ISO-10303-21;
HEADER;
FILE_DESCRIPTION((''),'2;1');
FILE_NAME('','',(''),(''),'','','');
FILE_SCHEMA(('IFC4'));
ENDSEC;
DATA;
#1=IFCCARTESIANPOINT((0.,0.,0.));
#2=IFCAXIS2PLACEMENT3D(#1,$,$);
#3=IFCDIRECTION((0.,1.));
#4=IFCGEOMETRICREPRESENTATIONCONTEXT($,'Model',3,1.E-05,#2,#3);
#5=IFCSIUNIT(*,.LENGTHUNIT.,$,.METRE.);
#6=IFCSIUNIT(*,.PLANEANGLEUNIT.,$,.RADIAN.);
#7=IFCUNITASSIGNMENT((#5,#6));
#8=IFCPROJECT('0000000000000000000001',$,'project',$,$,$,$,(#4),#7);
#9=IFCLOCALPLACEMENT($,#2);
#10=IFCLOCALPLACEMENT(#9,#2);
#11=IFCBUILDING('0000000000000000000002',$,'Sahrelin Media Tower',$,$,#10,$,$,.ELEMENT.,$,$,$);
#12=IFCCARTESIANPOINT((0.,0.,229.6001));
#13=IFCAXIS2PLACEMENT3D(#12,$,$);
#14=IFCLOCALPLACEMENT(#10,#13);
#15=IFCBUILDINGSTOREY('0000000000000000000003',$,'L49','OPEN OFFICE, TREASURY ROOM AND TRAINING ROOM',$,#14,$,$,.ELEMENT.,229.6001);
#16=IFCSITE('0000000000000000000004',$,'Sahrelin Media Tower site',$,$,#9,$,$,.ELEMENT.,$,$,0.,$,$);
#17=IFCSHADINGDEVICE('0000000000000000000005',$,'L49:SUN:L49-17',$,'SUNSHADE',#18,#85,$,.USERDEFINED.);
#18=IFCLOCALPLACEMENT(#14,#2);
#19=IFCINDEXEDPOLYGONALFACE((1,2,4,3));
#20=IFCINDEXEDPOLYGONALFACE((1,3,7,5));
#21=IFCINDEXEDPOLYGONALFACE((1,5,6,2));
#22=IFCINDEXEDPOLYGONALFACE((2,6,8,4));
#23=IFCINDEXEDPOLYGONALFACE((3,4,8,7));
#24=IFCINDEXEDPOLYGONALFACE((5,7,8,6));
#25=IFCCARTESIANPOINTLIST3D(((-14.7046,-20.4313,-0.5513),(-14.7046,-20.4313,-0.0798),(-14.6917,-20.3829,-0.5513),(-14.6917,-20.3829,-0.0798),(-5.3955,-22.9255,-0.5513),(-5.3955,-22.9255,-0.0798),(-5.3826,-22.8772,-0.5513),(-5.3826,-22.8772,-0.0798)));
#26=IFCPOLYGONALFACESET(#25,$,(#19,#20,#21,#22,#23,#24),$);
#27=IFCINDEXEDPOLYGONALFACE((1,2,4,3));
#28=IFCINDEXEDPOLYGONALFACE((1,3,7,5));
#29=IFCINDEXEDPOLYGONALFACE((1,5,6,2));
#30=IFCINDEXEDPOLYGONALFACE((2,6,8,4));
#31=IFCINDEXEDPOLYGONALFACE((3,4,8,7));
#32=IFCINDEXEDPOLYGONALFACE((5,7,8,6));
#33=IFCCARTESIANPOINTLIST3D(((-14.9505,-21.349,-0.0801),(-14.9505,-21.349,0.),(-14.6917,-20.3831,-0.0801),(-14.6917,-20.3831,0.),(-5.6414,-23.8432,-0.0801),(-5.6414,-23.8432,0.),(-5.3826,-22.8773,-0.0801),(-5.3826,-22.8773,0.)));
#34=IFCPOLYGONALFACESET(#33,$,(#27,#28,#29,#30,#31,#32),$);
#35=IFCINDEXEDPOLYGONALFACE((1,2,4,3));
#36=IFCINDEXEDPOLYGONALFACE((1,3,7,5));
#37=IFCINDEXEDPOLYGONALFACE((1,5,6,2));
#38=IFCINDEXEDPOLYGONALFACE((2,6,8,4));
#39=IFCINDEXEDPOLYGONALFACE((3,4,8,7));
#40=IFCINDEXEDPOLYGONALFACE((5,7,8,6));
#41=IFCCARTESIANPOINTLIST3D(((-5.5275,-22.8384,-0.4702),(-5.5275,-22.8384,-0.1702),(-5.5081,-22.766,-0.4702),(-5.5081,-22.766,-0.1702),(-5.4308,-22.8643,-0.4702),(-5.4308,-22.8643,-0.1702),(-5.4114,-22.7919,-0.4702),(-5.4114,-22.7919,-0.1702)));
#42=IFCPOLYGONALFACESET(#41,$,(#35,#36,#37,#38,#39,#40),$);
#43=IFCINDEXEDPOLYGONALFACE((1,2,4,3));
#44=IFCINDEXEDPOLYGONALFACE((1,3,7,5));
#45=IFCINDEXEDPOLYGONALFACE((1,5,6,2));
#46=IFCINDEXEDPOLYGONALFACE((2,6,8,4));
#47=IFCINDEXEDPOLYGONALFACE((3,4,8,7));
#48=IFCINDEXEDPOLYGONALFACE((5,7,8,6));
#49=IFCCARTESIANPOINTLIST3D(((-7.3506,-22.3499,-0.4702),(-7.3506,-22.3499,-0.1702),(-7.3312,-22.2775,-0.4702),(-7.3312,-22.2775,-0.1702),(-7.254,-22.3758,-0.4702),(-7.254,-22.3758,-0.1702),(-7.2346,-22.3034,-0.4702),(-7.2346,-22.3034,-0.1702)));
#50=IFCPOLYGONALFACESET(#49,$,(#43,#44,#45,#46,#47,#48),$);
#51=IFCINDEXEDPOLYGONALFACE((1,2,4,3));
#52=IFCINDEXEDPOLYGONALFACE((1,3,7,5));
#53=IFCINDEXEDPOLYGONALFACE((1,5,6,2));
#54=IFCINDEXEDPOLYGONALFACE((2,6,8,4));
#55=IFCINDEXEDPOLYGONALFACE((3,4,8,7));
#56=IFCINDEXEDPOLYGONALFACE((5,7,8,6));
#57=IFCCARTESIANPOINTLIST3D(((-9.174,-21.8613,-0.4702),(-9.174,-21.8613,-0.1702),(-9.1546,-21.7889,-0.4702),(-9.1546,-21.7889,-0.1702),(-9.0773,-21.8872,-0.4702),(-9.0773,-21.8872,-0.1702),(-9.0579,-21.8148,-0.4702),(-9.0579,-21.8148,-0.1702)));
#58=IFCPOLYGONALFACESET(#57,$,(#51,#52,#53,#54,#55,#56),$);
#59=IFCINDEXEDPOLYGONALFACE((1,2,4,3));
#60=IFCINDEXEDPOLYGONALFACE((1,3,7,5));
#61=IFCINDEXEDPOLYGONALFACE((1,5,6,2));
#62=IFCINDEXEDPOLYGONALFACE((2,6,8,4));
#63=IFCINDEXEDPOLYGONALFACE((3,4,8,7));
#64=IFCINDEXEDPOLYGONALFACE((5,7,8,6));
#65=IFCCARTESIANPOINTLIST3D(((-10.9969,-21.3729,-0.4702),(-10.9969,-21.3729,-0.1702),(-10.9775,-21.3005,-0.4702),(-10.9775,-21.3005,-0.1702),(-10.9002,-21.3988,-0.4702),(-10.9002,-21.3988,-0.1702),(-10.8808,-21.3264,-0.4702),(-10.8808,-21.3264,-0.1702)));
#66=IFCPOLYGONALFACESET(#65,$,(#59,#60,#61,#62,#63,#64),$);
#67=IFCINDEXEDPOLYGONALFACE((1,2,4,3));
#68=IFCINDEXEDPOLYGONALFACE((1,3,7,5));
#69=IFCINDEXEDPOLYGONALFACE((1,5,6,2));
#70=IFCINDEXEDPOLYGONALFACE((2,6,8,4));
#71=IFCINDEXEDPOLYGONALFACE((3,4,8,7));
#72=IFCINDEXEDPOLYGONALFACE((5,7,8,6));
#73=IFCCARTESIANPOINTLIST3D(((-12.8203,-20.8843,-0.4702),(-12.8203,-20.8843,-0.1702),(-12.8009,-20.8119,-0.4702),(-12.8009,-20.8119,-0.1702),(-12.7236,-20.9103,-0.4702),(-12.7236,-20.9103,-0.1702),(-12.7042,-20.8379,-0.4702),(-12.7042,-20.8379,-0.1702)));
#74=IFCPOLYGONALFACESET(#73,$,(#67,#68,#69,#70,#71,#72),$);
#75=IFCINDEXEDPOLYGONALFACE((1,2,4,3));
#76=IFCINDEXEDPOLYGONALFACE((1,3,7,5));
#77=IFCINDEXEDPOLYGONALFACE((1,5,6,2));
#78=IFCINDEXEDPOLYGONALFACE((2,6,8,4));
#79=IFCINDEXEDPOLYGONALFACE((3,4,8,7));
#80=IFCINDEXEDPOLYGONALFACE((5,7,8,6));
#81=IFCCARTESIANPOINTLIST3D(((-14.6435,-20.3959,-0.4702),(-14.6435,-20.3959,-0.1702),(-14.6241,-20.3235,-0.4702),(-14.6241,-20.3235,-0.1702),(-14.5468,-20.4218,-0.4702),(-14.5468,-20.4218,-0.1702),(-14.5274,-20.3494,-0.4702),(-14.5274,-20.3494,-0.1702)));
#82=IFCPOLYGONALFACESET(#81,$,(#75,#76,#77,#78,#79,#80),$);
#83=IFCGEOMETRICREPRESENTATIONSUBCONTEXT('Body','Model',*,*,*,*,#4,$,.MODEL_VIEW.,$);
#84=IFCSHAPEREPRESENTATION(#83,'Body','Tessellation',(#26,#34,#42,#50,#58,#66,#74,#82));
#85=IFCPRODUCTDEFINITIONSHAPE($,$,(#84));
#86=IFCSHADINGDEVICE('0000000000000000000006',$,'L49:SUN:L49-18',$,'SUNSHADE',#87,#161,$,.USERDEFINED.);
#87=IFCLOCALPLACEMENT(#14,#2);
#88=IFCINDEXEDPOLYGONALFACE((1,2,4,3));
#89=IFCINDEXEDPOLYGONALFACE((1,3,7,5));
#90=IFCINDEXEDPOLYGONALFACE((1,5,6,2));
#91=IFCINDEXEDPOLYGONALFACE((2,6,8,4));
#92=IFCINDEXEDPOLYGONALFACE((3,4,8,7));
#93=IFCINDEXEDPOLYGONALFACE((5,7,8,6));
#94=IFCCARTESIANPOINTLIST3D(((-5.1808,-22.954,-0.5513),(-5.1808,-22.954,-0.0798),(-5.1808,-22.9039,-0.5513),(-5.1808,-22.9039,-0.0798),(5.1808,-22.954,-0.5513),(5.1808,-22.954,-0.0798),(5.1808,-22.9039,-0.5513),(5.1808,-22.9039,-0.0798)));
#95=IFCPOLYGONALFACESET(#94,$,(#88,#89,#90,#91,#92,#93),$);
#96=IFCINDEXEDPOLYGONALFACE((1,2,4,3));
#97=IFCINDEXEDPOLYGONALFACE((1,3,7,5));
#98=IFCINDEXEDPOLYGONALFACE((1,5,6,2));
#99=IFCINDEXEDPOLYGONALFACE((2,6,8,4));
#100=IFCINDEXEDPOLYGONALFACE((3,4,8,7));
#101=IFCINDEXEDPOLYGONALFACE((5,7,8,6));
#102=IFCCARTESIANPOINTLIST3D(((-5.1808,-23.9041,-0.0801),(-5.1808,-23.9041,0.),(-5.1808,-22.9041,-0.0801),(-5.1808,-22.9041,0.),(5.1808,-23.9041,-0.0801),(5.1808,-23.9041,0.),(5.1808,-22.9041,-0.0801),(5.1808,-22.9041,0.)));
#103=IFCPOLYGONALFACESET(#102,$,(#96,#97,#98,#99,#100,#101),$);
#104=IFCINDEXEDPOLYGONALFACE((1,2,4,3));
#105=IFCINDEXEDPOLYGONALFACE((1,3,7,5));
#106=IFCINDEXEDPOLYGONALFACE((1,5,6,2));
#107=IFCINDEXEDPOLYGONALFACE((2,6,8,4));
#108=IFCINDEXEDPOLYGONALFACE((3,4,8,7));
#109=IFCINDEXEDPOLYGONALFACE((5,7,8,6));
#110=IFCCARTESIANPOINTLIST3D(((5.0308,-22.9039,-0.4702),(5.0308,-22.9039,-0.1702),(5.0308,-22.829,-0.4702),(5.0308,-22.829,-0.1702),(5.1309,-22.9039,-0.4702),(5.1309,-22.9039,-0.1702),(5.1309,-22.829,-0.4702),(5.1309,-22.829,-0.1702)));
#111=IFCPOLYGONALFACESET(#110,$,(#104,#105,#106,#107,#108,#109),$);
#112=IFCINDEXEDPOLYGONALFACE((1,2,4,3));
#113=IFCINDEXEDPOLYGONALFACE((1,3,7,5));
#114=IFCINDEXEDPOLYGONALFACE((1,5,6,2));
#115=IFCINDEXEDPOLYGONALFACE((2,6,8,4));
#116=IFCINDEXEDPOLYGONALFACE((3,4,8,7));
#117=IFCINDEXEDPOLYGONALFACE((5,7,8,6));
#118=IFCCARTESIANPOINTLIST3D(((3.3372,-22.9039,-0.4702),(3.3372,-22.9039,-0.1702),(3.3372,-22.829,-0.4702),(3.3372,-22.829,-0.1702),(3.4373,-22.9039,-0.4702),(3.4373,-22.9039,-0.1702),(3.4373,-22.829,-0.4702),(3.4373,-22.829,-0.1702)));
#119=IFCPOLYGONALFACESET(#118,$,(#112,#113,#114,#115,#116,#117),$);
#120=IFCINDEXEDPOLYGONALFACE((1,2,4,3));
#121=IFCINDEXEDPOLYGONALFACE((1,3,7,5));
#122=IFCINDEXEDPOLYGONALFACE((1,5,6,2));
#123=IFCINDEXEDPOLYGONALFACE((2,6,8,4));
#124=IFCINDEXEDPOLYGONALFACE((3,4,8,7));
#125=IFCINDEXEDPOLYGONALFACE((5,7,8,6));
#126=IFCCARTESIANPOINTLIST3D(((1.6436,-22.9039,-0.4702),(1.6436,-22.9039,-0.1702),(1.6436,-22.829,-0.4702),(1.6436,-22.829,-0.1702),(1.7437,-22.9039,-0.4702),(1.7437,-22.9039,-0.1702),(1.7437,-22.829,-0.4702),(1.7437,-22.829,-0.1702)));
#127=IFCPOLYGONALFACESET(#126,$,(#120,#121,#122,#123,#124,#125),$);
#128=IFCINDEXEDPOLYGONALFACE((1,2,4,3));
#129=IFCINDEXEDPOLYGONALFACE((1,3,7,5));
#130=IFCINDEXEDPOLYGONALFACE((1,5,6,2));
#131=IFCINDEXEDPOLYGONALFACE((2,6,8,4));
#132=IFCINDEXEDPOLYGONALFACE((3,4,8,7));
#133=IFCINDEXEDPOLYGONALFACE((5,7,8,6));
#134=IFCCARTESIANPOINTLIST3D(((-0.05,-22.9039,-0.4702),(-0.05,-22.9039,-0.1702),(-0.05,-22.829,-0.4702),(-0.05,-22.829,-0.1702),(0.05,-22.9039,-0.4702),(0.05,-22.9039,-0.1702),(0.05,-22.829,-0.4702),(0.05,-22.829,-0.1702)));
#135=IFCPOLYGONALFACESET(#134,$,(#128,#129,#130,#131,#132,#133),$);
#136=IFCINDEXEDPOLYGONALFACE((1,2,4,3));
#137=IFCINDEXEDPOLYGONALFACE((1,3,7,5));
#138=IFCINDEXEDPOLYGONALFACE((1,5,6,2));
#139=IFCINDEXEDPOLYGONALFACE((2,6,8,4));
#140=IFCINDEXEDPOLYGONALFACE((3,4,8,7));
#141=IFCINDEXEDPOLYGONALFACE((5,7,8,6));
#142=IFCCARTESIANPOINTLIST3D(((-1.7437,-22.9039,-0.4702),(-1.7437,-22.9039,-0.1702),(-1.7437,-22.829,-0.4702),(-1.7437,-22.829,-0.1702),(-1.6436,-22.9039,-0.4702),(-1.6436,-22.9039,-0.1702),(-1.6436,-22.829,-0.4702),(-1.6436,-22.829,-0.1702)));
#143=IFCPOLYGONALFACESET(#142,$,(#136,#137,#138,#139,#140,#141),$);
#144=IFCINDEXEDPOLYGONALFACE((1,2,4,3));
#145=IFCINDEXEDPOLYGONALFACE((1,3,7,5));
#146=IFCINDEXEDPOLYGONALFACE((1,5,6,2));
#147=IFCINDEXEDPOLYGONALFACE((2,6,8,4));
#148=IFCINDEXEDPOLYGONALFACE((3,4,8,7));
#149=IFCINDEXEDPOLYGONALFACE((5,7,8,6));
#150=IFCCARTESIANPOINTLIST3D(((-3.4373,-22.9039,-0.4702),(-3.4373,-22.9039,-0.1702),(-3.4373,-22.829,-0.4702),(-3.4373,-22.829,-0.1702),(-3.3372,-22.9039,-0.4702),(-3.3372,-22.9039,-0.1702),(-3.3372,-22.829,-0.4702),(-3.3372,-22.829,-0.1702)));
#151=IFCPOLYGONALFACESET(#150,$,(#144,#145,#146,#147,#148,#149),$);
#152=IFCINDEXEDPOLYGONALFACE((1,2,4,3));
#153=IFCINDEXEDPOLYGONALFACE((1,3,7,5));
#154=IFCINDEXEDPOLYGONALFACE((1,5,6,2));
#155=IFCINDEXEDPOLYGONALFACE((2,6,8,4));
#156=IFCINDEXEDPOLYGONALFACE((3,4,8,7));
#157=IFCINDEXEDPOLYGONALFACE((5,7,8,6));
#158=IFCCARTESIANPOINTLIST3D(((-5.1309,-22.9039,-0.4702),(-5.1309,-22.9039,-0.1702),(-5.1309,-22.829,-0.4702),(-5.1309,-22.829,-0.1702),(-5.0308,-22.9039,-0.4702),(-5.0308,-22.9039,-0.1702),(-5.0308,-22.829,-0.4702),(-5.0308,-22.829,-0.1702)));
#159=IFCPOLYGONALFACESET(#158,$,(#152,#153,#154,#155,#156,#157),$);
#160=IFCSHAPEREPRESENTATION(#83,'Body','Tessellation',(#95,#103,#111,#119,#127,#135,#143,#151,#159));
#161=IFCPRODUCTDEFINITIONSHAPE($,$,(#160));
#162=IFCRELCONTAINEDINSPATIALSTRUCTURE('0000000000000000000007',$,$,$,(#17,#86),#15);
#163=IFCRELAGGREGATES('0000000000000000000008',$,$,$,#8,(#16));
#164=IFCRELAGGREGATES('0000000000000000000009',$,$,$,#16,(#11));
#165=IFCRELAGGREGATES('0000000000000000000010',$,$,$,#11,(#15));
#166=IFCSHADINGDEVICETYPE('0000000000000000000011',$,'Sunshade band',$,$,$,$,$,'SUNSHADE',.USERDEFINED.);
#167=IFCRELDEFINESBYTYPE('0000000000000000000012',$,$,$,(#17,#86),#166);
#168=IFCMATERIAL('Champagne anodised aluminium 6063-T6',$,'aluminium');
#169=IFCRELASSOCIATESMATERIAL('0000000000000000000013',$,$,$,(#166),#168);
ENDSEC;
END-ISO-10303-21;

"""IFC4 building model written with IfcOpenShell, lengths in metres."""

from ifc_helpers import new_model, si_unit, direction, frame, origin, origin_2d, place, context, subcontext, project, spatial, rectangle, extrude, material, type_object, element, save


model = new_model("IFC4")

# Units and contexts
model_context = context("Model", 3, precision=1e-05, world=origin(), true_north=direction((0.0, 1.0)))
body_context = subcontext(model_context, "Body", "Model", "MODEL_VIEW")
ifc_project = project(units=[si_unit("LENGTHUNIT", "METRE"), si_unit("PLANEANGLEUNIT", "RADIAN")], contexts=[model_context])

# Site, building, storey
site_placement = place(None, origin())
site = spatial("IfcSite", under=ifc_project, at=site_placement, Name="Sahrelin Media Tower site", CompositionType="ELEMENT", RefElevation=0.0)
building_placement = place(site_placement, origin())
building = spatial("IfcBuilding", under=site, at=building_placement, Name="Sahrelin Media Tower", CompositionType="ELEMENT")
storey_placement = place(building_placement, frame((0.0, 0.0, 229.6001)))
storey = spatial("IfcBuildingStorey", under=building, at=storey_placement, Name="L49", Description="OPEN OFFICE, TREASURY ROOM AND TRAINING ROOM", CompositionType="ELEMENT", Elevation=229.6001)

# Shared definitions
ifc_material_1 = material(Name="Champagne anodised aluminium 6063-T6", Category="aluminium")

# Shading devices
placement_1 = place(storey_placement, frame((-10.032, -21.6108, 0.0), z_axis=(0.0, 0.0, 1.0), x_axis=(-0.965929, 0.258808, 0.0)))
placement_2 = place(storey_placement, frame((0.0, -22.884, 0.0), z_axis=(0.0, 0.0, 1.0), x_axis=(-1.0, 0.0, 0.0)))
shading_device_type_1 = type_object("IfcShadingDeviceType", Name="Sunshade band", ElementType="SUNSHADE", PredefinedType="USERDEFINED", material=ifc_material_1)
element("IfcShadingDevice", 1, at=placement_1, inside=storey, type_object=shading_device_type_1, Name="L49:SUN:L49-17", ObjectType="SUNSHADE", PredefinedType="USERDEFINED", context=body_context, shape_type="SweptSolid", body=[
    extrude(rectangle(XDim=9.6375, YDim=0.05, at=origin_2d()), frame((0.0, 0.0449, -0.5513)), (0.0, 0.0, 1.0), 0.4714),
    extrude(rectangle(XDim=9.6375, YDim=1.0, at=origin_2d()), frame((0.0, 0.52, -0.0801)), (0.0, 0.0, 1.0), 0.0801),
    extrude(rectangle(XDim=0.1001, YDim=0.075, at=origin_2d()), frame((-4.7188, -0.0176, -0.4702)), (0.0, 0.0, 1.0), 0.3),
    extrude(rectangle(XDim=0.1001, YDim=0.075, at=origin_2d()), frame((-2.8313, -0.0176, -0.4702)), (0.0, 0.0, 1.0), 0.3),
    extrude(rectangle(XDim=0.1001, YDim=0.075, at=origin_2d()), frame((-0.9436, -0.0176, -0.4702)), (0.0, 0.0, 1.0), 0.3),
    extrude(rectangle(XDim=0.1001, YDim=0.075, at=origin_2d()), frame((0.9436, -0.0176, -0.4702)), (0.0, 0.0, 1.0), 0.3),
    extrude(rectangle(XDim=0.1001, YDim=0.075, at=origin_2d()), frame((2.8313, -0.0176, -0.4702)), (0.0, 0.0, 1.0), 0.3),
    extrude(rectangle(XDim=0.1001, YDim=0.075, at=origin_2d()), frame((4.7188, -0.0176, -0.4702)), (0.0, 0.0, 1.0), 0.3),
])
element("IfcShadingDevice", 2, at=placement_2, inside=storey, type_object=shading_device_type_1, Name="L49:SUN:L49-18", ObjectType="SUNSHADE", PredefinedType="USERDEFINED", context=body_context, shape_type="SweptSolid", body=[
    extrude(rectangle(XDim=10.3616, YDim=0.05, at=origin_2d()), frame((0.0, 0.0449, -0.5513)), (0.0, 0.0, 1.0), 0.4714),
    extrude(rectangle(XDim=10.3616, YDim=1.0, at=origin_2d()), frame((0.0, 0.52, -0.0801)), (0.0, 0.0, 1.0), 0.0801),
    extrude(rectangle(XDim=0.1001, YDim=0.075, at=origin_2d()), frame((-5.0808, -0.0176, -0.4702)), (0.0, 0.0, 1.0), 0.3),
    extrude(rectangle(XDim=0.1001, YDim=0.075, at=origin_2d()), frame((-3.3872, -0.0176, -0.4702)), (0.0, 0.0, 1.0), 0.3),
    extrude(rectangle(XDim=0.1001, YDim=0.075, at=origin_2d()), frame((-1.6936, -0.0176, -0.4702)), (0.0, 0.0, 1.0), 0.3),
    extrude(rectangle(XDim=0.1001, YDim=0.075, at=origin_2d()), frame((0.0, -0.0176, -0.4702)), (0.0, 0.0, 1.0), 0.3),
    extrude(rectangle(XDim=0.1001, YDim=0.075, at=origin_2d()), frame((1.6936, -0.0176, -0.4702)), (0.0, 0.0, 1.0), 0.3),
    extrude(rectangle(XDim=0.1001, YDim=0.075, at=origin_2d()), frame((3.3872, -0.0176, -0.4702)), (0.0, 0.0, 1.0), 0.3),
    extrude(rectangle(XDim=0.1001, YDim=0.075, at=origin_2d()), frame((5.0808, -0.0176, -0.4702)), (0.0, 0.0, 1.0), 0.3),
])

save(model, "model.ifc")
